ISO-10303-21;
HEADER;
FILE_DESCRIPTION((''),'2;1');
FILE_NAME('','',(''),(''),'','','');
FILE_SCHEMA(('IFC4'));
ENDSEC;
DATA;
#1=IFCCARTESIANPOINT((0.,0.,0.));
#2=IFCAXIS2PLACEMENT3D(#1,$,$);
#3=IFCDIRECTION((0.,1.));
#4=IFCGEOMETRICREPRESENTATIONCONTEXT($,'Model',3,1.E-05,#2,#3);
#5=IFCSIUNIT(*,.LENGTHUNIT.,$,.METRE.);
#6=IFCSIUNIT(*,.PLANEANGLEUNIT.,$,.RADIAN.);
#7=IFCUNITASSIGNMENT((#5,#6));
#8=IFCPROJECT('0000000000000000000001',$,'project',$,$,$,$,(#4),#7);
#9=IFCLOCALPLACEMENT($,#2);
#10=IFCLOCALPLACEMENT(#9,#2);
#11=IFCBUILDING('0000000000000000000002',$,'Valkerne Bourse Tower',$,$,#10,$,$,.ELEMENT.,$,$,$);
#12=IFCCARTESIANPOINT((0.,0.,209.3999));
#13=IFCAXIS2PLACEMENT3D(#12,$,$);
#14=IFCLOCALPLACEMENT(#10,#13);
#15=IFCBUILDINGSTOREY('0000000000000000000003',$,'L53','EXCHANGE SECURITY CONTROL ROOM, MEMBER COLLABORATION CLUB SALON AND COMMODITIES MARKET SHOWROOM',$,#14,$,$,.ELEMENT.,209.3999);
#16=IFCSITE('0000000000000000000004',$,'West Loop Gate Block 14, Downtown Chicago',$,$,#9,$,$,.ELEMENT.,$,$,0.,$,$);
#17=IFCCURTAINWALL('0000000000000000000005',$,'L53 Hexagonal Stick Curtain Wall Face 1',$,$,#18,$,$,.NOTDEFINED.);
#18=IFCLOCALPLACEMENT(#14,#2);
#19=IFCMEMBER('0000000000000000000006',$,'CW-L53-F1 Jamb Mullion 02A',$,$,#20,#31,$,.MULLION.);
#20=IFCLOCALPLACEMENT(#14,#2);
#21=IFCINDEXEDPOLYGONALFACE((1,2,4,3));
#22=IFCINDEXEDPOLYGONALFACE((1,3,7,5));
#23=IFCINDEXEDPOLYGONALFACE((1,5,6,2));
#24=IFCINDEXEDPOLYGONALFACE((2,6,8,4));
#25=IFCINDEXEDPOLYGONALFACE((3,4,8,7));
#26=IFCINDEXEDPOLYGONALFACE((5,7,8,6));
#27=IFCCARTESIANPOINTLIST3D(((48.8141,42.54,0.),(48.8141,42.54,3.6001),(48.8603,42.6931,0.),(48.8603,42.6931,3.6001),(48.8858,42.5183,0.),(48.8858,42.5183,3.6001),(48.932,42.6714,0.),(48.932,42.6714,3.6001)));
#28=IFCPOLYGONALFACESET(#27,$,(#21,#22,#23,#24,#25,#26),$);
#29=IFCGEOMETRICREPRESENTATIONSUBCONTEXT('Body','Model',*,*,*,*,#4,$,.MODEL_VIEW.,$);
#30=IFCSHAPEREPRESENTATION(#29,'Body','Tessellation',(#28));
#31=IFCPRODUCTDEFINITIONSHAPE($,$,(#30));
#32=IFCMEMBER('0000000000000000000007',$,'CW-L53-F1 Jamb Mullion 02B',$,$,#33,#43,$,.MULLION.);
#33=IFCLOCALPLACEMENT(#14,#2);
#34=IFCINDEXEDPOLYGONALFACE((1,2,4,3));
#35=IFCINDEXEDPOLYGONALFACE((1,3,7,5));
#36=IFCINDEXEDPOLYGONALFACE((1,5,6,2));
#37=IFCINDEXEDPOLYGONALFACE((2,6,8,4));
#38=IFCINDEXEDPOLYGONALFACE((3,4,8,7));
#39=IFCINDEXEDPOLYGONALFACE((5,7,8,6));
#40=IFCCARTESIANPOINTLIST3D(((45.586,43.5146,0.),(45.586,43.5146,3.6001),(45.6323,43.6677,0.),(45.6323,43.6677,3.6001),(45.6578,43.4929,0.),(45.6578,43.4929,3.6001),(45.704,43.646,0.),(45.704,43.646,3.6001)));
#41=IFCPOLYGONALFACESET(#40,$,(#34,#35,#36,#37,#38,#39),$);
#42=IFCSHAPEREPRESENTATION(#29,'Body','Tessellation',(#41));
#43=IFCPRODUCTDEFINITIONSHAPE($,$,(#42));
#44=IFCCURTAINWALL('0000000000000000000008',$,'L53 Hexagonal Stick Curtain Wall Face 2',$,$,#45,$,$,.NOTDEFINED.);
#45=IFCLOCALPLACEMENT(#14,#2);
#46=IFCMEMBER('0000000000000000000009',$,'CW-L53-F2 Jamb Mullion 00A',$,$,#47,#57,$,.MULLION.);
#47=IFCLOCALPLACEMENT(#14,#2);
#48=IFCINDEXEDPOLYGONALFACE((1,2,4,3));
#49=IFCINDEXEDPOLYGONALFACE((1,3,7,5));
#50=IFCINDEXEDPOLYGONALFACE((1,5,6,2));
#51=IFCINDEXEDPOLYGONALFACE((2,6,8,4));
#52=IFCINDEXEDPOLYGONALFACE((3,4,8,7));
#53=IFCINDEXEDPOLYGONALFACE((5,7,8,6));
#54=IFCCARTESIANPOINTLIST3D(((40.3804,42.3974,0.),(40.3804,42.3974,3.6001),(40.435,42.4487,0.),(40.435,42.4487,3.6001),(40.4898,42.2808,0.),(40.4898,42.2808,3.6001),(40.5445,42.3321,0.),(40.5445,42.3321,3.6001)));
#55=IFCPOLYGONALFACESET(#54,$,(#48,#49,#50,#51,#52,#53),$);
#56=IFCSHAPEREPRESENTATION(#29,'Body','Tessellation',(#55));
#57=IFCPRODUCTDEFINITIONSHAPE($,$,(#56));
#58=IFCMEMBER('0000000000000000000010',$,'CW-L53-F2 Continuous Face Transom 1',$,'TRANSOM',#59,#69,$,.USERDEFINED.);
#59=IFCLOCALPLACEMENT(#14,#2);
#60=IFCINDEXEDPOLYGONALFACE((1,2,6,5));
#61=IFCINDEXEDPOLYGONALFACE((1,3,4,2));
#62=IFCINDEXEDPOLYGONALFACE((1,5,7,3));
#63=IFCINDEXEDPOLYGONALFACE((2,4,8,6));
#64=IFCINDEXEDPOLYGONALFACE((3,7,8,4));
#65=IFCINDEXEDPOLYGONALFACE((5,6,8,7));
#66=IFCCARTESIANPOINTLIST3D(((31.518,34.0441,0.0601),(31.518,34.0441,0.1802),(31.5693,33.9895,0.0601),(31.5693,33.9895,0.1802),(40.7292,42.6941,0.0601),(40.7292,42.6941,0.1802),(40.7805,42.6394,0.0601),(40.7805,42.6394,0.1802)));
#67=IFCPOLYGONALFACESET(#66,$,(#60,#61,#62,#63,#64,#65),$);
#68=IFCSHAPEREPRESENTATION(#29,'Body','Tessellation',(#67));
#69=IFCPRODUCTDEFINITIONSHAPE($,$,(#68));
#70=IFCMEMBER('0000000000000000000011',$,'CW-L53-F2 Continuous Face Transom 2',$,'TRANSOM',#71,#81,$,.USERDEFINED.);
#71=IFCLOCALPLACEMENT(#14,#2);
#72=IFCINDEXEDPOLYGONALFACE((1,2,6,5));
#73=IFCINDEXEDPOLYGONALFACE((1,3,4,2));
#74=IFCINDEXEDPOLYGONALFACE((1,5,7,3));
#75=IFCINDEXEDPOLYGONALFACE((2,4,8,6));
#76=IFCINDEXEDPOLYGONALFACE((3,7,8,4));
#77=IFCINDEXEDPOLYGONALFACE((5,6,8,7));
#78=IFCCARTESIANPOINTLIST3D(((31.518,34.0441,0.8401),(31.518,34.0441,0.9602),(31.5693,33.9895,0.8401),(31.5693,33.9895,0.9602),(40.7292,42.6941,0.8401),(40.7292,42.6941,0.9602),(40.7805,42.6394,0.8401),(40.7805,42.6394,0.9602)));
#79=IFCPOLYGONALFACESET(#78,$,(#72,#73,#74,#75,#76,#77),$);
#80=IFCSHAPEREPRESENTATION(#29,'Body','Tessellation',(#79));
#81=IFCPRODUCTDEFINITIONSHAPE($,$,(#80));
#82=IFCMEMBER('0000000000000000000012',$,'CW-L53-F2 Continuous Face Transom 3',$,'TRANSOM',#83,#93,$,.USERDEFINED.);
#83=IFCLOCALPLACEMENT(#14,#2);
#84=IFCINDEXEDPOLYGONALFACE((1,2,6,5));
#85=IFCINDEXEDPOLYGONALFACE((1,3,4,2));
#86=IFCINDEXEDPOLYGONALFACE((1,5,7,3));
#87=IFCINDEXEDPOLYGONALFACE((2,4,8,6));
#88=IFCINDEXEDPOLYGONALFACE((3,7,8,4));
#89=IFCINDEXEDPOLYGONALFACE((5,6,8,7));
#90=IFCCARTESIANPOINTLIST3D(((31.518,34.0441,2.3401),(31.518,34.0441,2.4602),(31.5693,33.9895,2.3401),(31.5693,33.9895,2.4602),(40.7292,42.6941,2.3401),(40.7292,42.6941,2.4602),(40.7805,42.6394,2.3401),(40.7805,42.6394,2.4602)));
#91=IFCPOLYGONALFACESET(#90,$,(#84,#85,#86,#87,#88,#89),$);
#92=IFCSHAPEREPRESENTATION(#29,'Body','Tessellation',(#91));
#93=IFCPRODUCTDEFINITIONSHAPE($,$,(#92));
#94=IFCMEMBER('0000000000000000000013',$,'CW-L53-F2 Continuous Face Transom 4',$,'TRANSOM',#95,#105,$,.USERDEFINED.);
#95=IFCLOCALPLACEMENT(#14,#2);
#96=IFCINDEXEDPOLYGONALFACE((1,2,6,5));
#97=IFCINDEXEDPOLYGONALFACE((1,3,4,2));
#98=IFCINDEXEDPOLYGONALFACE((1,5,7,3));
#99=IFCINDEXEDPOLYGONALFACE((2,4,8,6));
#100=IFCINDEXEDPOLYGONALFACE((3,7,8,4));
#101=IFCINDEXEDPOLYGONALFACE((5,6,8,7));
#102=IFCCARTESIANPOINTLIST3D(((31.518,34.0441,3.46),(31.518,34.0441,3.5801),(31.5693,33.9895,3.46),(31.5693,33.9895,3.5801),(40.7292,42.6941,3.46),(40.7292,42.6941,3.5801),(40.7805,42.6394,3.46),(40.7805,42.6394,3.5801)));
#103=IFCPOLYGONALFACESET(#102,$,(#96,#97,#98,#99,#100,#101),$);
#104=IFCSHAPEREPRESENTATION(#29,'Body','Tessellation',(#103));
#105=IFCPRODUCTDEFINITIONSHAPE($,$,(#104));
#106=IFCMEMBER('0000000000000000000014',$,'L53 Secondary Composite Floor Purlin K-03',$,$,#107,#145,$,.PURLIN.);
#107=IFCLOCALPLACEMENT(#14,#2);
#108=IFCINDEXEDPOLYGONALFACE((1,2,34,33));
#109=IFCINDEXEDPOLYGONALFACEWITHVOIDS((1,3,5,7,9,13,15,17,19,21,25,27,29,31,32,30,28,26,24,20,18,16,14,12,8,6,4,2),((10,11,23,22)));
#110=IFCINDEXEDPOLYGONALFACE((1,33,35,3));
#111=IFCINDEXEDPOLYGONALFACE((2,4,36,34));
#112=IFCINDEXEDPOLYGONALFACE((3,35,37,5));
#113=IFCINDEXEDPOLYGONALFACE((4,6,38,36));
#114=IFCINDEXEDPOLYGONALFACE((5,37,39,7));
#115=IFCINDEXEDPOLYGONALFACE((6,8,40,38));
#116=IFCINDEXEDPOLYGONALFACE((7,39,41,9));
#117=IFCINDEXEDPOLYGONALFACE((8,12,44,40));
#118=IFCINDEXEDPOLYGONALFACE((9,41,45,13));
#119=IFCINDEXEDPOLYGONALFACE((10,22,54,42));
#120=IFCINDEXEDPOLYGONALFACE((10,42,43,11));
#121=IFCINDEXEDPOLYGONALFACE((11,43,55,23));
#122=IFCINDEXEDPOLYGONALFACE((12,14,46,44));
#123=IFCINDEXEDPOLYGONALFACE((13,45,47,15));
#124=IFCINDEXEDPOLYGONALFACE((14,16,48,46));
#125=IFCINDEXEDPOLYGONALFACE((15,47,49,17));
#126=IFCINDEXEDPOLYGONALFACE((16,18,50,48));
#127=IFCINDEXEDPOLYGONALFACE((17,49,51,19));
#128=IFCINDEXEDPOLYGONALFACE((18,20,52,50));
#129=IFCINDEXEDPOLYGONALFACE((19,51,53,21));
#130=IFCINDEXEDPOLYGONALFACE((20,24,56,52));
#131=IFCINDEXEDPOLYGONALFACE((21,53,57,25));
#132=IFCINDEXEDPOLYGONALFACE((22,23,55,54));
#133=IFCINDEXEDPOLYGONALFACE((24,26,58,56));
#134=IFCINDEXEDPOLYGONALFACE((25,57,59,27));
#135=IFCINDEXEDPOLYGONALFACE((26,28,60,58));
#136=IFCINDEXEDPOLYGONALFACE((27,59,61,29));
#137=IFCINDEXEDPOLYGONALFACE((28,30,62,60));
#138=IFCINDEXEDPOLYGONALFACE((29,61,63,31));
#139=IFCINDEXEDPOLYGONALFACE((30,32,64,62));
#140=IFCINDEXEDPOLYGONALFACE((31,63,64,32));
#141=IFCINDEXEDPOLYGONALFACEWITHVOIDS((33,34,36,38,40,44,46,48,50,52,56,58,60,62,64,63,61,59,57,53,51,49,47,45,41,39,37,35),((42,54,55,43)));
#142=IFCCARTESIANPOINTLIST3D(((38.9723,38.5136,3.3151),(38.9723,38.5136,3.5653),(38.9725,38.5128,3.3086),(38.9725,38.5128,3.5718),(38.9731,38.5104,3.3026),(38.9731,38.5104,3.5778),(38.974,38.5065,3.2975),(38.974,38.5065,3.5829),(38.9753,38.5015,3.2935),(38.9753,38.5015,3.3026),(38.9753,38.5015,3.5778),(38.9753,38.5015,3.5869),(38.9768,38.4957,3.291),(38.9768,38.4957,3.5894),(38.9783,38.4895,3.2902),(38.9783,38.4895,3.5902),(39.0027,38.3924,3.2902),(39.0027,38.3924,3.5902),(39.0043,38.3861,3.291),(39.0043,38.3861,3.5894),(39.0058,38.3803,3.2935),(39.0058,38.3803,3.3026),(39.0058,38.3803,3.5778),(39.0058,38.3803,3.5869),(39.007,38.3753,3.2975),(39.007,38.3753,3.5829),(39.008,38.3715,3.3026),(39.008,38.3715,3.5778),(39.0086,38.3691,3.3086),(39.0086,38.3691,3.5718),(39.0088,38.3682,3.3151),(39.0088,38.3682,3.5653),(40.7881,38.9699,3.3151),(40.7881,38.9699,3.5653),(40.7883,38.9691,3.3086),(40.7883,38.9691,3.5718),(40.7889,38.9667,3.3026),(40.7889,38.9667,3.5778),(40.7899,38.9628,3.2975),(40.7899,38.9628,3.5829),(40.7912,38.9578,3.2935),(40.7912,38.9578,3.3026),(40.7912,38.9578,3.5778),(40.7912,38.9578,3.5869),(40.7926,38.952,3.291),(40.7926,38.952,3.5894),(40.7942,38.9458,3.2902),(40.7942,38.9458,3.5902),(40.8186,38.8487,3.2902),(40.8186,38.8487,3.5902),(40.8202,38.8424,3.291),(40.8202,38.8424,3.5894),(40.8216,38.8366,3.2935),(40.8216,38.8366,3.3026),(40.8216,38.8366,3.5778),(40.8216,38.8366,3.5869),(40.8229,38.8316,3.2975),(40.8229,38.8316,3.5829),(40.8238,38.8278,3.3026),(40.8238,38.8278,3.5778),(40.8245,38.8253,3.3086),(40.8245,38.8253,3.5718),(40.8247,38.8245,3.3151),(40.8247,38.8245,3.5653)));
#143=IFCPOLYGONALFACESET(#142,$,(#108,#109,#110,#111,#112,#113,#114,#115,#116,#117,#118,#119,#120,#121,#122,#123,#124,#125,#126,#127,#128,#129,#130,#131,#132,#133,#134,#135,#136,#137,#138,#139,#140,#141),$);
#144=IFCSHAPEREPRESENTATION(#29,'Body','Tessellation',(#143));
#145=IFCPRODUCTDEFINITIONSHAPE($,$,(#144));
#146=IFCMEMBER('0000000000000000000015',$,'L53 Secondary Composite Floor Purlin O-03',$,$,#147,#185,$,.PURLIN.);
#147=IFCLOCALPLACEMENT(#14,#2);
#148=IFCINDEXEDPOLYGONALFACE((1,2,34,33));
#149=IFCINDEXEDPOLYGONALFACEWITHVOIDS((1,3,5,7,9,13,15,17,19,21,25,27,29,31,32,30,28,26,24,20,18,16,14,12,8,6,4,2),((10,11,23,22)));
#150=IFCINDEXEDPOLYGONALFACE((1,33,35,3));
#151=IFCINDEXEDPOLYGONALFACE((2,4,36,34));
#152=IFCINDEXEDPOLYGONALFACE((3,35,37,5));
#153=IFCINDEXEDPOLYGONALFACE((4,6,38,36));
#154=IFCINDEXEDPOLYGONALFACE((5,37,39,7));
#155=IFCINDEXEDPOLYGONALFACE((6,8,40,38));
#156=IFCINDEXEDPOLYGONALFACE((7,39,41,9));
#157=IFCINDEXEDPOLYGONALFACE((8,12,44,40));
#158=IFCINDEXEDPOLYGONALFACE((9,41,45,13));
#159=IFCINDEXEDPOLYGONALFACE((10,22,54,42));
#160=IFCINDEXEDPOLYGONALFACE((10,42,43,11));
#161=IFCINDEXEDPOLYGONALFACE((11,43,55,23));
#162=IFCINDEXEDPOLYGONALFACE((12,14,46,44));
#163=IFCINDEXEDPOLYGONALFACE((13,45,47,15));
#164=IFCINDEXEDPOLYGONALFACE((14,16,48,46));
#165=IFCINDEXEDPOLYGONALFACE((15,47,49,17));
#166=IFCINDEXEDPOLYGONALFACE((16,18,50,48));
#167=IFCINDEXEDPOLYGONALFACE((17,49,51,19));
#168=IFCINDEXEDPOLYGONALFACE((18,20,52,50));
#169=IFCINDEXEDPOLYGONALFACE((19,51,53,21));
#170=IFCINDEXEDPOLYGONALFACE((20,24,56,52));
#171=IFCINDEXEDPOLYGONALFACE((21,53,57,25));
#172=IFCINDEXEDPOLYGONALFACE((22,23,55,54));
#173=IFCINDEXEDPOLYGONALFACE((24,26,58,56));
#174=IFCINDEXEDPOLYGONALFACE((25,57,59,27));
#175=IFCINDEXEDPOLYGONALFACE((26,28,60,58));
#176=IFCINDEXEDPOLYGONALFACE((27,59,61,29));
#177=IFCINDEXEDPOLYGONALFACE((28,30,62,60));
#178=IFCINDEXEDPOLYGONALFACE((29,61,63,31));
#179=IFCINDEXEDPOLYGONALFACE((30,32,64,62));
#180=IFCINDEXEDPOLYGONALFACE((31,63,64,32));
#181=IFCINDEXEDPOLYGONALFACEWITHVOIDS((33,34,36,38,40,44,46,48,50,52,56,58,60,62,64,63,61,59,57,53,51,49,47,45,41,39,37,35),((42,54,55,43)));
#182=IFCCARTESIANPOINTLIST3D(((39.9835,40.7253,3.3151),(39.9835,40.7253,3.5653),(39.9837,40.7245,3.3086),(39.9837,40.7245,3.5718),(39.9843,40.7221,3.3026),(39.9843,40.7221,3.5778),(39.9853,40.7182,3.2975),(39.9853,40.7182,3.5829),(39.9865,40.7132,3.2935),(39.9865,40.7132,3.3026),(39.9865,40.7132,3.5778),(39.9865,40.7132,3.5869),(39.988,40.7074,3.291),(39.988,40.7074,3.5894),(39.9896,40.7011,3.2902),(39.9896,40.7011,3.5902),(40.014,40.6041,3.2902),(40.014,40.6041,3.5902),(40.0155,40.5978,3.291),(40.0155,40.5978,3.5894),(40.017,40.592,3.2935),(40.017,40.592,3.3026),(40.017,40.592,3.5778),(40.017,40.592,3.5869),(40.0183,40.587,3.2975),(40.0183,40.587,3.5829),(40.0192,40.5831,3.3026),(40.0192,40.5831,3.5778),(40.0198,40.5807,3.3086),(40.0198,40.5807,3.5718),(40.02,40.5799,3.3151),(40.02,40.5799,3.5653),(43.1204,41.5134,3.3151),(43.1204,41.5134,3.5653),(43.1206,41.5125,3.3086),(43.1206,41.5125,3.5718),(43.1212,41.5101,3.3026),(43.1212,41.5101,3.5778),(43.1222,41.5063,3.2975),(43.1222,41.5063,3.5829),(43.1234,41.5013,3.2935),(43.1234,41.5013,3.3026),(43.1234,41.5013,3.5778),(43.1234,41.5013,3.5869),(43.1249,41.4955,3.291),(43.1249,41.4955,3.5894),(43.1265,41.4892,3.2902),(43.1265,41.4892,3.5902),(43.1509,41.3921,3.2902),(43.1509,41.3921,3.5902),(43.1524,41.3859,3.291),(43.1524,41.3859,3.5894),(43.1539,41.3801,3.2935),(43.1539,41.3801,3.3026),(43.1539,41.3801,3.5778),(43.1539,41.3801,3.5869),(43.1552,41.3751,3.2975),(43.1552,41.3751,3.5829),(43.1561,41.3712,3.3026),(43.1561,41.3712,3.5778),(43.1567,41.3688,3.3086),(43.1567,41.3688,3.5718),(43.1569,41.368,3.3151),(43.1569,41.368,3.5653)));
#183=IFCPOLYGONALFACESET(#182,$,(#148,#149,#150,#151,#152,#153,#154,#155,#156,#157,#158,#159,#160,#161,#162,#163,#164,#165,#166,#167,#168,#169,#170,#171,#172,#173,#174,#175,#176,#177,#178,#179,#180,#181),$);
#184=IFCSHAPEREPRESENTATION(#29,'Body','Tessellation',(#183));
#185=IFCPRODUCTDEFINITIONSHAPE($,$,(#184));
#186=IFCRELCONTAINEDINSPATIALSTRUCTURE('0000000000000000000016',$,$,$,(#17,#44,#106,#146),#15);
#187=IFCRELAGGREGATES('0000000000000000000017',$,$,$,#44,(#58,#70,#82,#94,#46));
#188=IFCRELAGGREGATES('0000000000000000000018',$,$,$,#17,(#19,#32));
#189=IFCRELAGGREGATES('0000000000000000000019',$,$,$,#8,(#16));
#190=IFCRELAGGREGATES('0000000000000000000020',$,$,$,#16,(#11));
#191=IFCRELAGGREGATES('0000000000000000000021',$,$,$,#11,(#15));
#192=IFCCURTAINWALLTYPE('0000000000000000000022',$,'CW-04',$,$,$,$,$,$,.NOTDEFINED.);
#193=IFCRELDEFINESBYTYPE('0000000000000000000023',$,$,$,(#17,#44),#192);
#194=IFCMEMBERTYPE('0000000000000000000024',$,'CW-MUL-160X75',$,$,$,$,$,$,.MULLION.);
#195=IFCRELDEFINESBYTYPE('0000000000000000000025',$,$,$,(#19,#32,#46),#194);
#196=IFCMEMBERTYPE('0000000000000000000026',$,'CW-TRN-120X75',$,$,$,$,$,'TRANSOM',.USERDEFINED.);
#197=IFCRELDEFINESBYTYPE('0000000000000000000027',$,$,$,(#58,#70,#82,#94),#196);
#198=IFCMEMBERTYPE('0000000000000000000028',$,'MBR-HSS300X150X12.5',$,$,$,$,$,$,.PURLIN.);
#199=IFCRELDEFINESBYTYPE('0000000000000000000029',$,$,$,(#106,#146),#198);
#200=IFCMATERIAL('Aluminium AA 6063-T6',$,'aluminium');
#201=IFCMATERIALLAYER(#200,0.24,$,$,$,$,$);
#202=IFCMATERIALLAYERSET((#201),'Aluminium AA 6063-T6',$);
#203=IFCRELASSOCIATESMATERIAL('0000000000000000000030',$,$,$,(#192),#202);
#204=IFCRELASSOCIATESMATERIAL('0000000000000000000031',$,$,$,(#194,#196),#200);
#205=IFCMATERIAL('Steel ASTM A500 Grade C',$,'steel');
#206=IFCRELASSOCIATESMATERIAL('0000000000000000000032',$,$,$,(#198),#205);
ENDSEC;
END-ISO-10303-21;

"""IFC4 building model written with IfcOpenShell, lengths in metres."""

from ifc_helpers import new_model, si_unit, direction, frame, origin, origin_2d, place, context, subcontext, project, spatial, rectangle, hollow_rectangle, extrude, material, layer, layer_set, material_profile, profile_set, type_object, element, aggregate, save


model = new_model("IFC4")

# Units and contexts
model_context = context("Model", 3, precision=1e-05, world=origin(), true_north=direction((0.0, 1.0)))
body_context = subcontext(model_context, "Body", "Model", "MODEL_VIEW")
ifc_project = project(units=[si_unit("LENGTHUNIT", "METRE"), si_unit("PLANEANGLEUNIT", "RADIAN")], contexts=[model_context])

# Site, building, storey
site_placement = place(None, origin())
site = spatial("IfcSite", under=ifc_project, at=site_placement, Name="West Loop Gate Block 14, Downtown Chicago", CompositionType="ELEMENT", RefElevation=0.0)
building_placement = place(site_placement, origin())
building = spatial("IfcBuilding", under=site, at=building_placement, Name="Valkerne Bourse Tower", CompositionType="ELEMENT")
storey_placement = place(building_placement, frame((0.0, 0.0, 209.3999)))
storey = spatial("IfcBuildingStorey", under=building, at=storey_placement, Name="L53", Description="EXCHANGE SECURITY CONTROL ROOM, MEMBER COLLABORATION CLUB SALON AND COMMODITIES MARKET SHOWROOM", CompositionType="ELEMENT", Elevation=209.3999)

# Curtain walls, members
ifc_material_1 = material(Name="Aluminium AA 6063-T6", Category="aluminium")
ifc_layer_1 = layer(ifc_material_1, 0.24)
ifc_layer_set_1 = layer_set([ifc_layer_1], Name="Aluminium AA 6063-T6")
curtain_wall_type = type_object("IfcCurtainWallType", Name="CW-04", PredefinedType="NOTDEFINED", material=ifc_layer_set_1)
curtain_wall_1_placement = place(storey_placement, origin())
curtain_wall_1 = element("IfcCurtainWall", 1, at=curtain_wall_1_placement, inside=storey, type_object=curtain_wall_type, Name="L53 Hexagonal Stick Curtain Wall Face 1", PredefinedType="NOTDEFINED")
ifc_material_profile_1 = material_profile(ifc_material_1, rectangle(XDim=0.075, YDim=0.1599, at=origin_2d()), Name="CWM-75X160")
ifc_profile_set_1 = profile_set([ifc_material_profile_1], Name="Aluminium AA 6063-T6")
member_type_1 = type_object("IfcMemberType", Name="CW-MUL-160X75", PredefinedType="MULLION", material=ifc_profile_set_1)
member_1_placement = place(storey_placement, frame((48.873, 42.6057, 0.0), z_axis=(0.0, 0.0, 1.0), x_axis=(-0.957319, 0.289033, 0.0)))
member_1 = element("IfcMember", 2, at=member_1_placement, type_object=member_type_1, Name="CW-L53-F1 Jamb Mullion 02A", PredefinedType="MULLION", context=body_context, shape_type="SweptSolid", body=[
    extrude(rectangle(XDim=0.075, YDim=0.1599, at=origin_2d()), origin(), (0.0, 0.0, 1.0), 3.6001),
])
member_2_placement = place(storey_placement, frame((45.645, 43.5803, 0.0), z_axis=(0.0, 0.0, 1.0), x_axis=(-0.957319, 0.289033, 0.0)))
member_2 = element("IfcMember", 3, at=member_2_placement, type_object=member_type_1, Name="CW-L53-F1 Jamb Mullion 02B", PredefinedType="MULLION", context=body_context, shape_type="SweptSolid", body=[
    extrude(rectangle(XDim=0.075, YDim=0.1599, at=origin_2d()), origin(), (0.0, 0.0, 1.0), 3.6001),
])
curtain_wall_2_placement = place(storey_placement, origin())
curtain_wall_2 = element("IfcCurtainWall", 4, at=curtain_wall_2_placement, inside=storey, type_object=curtain_wall_type, Name="L53 Hexagonal Stick Curtain Wall Face 2", PredefinedType="NOTDEFINED")
member_3_placement = place(storey_placement, frame((40.4624, 42.3647, 0.0), z_axis=(0.0, 0.0, 1.0), x_axis=(-0.728968, -0.684547, 0.0)))
member_3 = element("IfcMember", 5, at=member_3_placement, type_object=member_type_1, Name="CW-L53-F2 Jamb Mullion 00A", PredefinedType="MULLION", context=body_context, shape_type="SweptSolid", body=[
    extrude(rectangle(XDim=0.075, YDim=0.1599, at=origin_2d()), origin(), (0.0, 0.0, 1.0), 3.6001),
])
ifc_material_profile_2 = material_profile(ifc_material_1, rectangle(XDim=0.075, YDim=0.1201, at=origin_2d()), Name="CWT-75X120")
ifc_profile_set_2 = profile_set([ifc_material_profile_2], Name="Aluminium AA 6063-T6")
member_type_2 = type_object("IfcMemberType", Name="CW-TRN-120X75", ElementType="TRANSOM", PredefinedType="USERDEFINED", material=ifc_profile_set_2)
member_4_placement = place(storey_placement, frame((40.7549, 42.6667, 0.1201), z_axis=(-0.728968, -0.684548, 0.0), x_axis=(0.684548, -0.728968, 0.0)))
member_4 = element("IfcMember", 6, at=member_4_placement, type_object=member_type_2, Name="CW-L53-F2 Continuous Face Transom 1", ObjectType="TRANSOM", PredefinedType="USERDEFINED", context=body_context, shape_type="SweptSolid", body=[
    extrude(rectangle(XDim=0.075, YDim=0.1201, at=origin_2d()), origin(), (0.0, 0.0, 1.0), 12.636),
])
member_5_placement = place(storey_placement, frame((40.7549, 42.6667, 0.9001), z_axis=(-0.728968, -0.684548, 0.0), x_axis=(0.684548, -0.728968, 0.0)))
member_5 = element("IfcMember", 7, at=member_5_placement, type_object=member_type_2, Name="CW-L53-F2 Continuous Face Transom 2", ObjectType="TRANSOM", PredefinedType="USERDEFINED", context=body_context, shape_type="SweptSolid", body=[
    extrude(rectangle(XDim=0.075, YDim=0.1201, at=origin_2d()), origin(), (0.0, 0.0, 1.0), 12.636),
])
member_6_placement = place(storey_placement, frame((40.7549, 42.6667, 2.4001), z_axis=(-0.728968, -0.684548, 0.0), x_axis=(0.684548, -0.728968, 0.0)))
member_6 = element("IfcMember", 8, at=member_6_placement, type_object=member_type_2, Name="CW-L53-F2 Continuous Face Transom 3", ObjectType="TRANSOM", PredefinedType="USERDEFINED", context=body_context, shape_type="SweptSolid", body=[
    extrude(rectangle(XDim=0.075, YDim=0.1201, at=origin_2d()), origin(), (0.0, 0.0, 1.0), 12.636),
])
member_7_placement = place(storey_placement, frame((40.7549, 42.6667, 3.52), z_axis=(-0.728968, -0.684548, 0.0), x_axis=(0.684548, -0.728968, 0.0)))
member_7 = element("IfcMember", 9, at=member_7_placement, type_object=member_type_2, Name="CW-L53-F2 Continuous Face Transom 4", ObjectType="TRANSOM", PredefinedType="USERDEFINED", context=body_context, shape_type="SweptSolid", body=[
    extrude(rectangle(XDim=0.075, YDim=0.1201, at=origin_2d()), origin(), (0.0, 0.0, 1.0), 12.636),
])
aggregate(curtain_wall_2, [member_4, member_5, member_6, member_7, member_3])

# Members
ifc_material_2 = material(Name="Steel ASTM A500 Grade C", Category="steel")
ifc_material_profile_3 = material_profile(ifc_material_2, hollow_rectangle(XDim=0.1499, YDim=0.3, WallThickness=0.0125, OuterFilletRadius=0.0249, at=origin_2d()), Name="HSS300X150X12.5")
ifc_profile_set_3 = profile_set([ifc_material_profile_3], Name="Steel ASTM A500 Grade C")
member_type_3 = type_object("IfcMemberType", Name="MBR-HSS300X150X12.5", PredefinedType="PURLIN", material=ifc_profile_set_3)
member_8_placement = place(storey_placement, frame((40.8064, 38.8972, 3.4402), z_axis=(-0.96985, -0.243701, 0.0), x_axis=(0.243701, -0.96985, 0.0)))
element("IfcMember", 10, at=member_8_placement, inside=storey, type_object=member_type_3, Name="L53 Secondary Composite Floor Purlin K-03", PredefinedType="PURLIN", context=body_context, shape_type="SweptSolid", body=[
    extrude(hollow_rectangle(XDim=0.1499, YDim=0.3, WallThickness=0.0125, OuterFilletRadius=0.0249, at=origin_2d()), origin(), (0.0, 0.0, 1.0), 1.8723),
])
member_9_placement = place(storey_placement, frame((43.1387, 41.4407, 3.4402), z_axis=(-0.969862, -0.243654, 0.0), x_axis=(0.243654, -0.969862, 0.0)))
element("IfcMember", 11, at=member_9_placement, inside=storey, type_object=member_type_3, Name="L53 Secondary Composite Floor Purlin O-03", PredefinedType="PURLIN", context=body_context, shape_type="SweptSolid", body=[
    extrude(hollow_rectangle(XDim=0.1499, YDim=0.3, WallThickness=0.0125, OuterFilletRadius=0.0249, at=origin_2d()), origin(), (0.0, 0.0, 1.0), 3.2344),
])

aggregate(curtain_wall_1, [member_1, member_2])

save(model, "model.ifc")
